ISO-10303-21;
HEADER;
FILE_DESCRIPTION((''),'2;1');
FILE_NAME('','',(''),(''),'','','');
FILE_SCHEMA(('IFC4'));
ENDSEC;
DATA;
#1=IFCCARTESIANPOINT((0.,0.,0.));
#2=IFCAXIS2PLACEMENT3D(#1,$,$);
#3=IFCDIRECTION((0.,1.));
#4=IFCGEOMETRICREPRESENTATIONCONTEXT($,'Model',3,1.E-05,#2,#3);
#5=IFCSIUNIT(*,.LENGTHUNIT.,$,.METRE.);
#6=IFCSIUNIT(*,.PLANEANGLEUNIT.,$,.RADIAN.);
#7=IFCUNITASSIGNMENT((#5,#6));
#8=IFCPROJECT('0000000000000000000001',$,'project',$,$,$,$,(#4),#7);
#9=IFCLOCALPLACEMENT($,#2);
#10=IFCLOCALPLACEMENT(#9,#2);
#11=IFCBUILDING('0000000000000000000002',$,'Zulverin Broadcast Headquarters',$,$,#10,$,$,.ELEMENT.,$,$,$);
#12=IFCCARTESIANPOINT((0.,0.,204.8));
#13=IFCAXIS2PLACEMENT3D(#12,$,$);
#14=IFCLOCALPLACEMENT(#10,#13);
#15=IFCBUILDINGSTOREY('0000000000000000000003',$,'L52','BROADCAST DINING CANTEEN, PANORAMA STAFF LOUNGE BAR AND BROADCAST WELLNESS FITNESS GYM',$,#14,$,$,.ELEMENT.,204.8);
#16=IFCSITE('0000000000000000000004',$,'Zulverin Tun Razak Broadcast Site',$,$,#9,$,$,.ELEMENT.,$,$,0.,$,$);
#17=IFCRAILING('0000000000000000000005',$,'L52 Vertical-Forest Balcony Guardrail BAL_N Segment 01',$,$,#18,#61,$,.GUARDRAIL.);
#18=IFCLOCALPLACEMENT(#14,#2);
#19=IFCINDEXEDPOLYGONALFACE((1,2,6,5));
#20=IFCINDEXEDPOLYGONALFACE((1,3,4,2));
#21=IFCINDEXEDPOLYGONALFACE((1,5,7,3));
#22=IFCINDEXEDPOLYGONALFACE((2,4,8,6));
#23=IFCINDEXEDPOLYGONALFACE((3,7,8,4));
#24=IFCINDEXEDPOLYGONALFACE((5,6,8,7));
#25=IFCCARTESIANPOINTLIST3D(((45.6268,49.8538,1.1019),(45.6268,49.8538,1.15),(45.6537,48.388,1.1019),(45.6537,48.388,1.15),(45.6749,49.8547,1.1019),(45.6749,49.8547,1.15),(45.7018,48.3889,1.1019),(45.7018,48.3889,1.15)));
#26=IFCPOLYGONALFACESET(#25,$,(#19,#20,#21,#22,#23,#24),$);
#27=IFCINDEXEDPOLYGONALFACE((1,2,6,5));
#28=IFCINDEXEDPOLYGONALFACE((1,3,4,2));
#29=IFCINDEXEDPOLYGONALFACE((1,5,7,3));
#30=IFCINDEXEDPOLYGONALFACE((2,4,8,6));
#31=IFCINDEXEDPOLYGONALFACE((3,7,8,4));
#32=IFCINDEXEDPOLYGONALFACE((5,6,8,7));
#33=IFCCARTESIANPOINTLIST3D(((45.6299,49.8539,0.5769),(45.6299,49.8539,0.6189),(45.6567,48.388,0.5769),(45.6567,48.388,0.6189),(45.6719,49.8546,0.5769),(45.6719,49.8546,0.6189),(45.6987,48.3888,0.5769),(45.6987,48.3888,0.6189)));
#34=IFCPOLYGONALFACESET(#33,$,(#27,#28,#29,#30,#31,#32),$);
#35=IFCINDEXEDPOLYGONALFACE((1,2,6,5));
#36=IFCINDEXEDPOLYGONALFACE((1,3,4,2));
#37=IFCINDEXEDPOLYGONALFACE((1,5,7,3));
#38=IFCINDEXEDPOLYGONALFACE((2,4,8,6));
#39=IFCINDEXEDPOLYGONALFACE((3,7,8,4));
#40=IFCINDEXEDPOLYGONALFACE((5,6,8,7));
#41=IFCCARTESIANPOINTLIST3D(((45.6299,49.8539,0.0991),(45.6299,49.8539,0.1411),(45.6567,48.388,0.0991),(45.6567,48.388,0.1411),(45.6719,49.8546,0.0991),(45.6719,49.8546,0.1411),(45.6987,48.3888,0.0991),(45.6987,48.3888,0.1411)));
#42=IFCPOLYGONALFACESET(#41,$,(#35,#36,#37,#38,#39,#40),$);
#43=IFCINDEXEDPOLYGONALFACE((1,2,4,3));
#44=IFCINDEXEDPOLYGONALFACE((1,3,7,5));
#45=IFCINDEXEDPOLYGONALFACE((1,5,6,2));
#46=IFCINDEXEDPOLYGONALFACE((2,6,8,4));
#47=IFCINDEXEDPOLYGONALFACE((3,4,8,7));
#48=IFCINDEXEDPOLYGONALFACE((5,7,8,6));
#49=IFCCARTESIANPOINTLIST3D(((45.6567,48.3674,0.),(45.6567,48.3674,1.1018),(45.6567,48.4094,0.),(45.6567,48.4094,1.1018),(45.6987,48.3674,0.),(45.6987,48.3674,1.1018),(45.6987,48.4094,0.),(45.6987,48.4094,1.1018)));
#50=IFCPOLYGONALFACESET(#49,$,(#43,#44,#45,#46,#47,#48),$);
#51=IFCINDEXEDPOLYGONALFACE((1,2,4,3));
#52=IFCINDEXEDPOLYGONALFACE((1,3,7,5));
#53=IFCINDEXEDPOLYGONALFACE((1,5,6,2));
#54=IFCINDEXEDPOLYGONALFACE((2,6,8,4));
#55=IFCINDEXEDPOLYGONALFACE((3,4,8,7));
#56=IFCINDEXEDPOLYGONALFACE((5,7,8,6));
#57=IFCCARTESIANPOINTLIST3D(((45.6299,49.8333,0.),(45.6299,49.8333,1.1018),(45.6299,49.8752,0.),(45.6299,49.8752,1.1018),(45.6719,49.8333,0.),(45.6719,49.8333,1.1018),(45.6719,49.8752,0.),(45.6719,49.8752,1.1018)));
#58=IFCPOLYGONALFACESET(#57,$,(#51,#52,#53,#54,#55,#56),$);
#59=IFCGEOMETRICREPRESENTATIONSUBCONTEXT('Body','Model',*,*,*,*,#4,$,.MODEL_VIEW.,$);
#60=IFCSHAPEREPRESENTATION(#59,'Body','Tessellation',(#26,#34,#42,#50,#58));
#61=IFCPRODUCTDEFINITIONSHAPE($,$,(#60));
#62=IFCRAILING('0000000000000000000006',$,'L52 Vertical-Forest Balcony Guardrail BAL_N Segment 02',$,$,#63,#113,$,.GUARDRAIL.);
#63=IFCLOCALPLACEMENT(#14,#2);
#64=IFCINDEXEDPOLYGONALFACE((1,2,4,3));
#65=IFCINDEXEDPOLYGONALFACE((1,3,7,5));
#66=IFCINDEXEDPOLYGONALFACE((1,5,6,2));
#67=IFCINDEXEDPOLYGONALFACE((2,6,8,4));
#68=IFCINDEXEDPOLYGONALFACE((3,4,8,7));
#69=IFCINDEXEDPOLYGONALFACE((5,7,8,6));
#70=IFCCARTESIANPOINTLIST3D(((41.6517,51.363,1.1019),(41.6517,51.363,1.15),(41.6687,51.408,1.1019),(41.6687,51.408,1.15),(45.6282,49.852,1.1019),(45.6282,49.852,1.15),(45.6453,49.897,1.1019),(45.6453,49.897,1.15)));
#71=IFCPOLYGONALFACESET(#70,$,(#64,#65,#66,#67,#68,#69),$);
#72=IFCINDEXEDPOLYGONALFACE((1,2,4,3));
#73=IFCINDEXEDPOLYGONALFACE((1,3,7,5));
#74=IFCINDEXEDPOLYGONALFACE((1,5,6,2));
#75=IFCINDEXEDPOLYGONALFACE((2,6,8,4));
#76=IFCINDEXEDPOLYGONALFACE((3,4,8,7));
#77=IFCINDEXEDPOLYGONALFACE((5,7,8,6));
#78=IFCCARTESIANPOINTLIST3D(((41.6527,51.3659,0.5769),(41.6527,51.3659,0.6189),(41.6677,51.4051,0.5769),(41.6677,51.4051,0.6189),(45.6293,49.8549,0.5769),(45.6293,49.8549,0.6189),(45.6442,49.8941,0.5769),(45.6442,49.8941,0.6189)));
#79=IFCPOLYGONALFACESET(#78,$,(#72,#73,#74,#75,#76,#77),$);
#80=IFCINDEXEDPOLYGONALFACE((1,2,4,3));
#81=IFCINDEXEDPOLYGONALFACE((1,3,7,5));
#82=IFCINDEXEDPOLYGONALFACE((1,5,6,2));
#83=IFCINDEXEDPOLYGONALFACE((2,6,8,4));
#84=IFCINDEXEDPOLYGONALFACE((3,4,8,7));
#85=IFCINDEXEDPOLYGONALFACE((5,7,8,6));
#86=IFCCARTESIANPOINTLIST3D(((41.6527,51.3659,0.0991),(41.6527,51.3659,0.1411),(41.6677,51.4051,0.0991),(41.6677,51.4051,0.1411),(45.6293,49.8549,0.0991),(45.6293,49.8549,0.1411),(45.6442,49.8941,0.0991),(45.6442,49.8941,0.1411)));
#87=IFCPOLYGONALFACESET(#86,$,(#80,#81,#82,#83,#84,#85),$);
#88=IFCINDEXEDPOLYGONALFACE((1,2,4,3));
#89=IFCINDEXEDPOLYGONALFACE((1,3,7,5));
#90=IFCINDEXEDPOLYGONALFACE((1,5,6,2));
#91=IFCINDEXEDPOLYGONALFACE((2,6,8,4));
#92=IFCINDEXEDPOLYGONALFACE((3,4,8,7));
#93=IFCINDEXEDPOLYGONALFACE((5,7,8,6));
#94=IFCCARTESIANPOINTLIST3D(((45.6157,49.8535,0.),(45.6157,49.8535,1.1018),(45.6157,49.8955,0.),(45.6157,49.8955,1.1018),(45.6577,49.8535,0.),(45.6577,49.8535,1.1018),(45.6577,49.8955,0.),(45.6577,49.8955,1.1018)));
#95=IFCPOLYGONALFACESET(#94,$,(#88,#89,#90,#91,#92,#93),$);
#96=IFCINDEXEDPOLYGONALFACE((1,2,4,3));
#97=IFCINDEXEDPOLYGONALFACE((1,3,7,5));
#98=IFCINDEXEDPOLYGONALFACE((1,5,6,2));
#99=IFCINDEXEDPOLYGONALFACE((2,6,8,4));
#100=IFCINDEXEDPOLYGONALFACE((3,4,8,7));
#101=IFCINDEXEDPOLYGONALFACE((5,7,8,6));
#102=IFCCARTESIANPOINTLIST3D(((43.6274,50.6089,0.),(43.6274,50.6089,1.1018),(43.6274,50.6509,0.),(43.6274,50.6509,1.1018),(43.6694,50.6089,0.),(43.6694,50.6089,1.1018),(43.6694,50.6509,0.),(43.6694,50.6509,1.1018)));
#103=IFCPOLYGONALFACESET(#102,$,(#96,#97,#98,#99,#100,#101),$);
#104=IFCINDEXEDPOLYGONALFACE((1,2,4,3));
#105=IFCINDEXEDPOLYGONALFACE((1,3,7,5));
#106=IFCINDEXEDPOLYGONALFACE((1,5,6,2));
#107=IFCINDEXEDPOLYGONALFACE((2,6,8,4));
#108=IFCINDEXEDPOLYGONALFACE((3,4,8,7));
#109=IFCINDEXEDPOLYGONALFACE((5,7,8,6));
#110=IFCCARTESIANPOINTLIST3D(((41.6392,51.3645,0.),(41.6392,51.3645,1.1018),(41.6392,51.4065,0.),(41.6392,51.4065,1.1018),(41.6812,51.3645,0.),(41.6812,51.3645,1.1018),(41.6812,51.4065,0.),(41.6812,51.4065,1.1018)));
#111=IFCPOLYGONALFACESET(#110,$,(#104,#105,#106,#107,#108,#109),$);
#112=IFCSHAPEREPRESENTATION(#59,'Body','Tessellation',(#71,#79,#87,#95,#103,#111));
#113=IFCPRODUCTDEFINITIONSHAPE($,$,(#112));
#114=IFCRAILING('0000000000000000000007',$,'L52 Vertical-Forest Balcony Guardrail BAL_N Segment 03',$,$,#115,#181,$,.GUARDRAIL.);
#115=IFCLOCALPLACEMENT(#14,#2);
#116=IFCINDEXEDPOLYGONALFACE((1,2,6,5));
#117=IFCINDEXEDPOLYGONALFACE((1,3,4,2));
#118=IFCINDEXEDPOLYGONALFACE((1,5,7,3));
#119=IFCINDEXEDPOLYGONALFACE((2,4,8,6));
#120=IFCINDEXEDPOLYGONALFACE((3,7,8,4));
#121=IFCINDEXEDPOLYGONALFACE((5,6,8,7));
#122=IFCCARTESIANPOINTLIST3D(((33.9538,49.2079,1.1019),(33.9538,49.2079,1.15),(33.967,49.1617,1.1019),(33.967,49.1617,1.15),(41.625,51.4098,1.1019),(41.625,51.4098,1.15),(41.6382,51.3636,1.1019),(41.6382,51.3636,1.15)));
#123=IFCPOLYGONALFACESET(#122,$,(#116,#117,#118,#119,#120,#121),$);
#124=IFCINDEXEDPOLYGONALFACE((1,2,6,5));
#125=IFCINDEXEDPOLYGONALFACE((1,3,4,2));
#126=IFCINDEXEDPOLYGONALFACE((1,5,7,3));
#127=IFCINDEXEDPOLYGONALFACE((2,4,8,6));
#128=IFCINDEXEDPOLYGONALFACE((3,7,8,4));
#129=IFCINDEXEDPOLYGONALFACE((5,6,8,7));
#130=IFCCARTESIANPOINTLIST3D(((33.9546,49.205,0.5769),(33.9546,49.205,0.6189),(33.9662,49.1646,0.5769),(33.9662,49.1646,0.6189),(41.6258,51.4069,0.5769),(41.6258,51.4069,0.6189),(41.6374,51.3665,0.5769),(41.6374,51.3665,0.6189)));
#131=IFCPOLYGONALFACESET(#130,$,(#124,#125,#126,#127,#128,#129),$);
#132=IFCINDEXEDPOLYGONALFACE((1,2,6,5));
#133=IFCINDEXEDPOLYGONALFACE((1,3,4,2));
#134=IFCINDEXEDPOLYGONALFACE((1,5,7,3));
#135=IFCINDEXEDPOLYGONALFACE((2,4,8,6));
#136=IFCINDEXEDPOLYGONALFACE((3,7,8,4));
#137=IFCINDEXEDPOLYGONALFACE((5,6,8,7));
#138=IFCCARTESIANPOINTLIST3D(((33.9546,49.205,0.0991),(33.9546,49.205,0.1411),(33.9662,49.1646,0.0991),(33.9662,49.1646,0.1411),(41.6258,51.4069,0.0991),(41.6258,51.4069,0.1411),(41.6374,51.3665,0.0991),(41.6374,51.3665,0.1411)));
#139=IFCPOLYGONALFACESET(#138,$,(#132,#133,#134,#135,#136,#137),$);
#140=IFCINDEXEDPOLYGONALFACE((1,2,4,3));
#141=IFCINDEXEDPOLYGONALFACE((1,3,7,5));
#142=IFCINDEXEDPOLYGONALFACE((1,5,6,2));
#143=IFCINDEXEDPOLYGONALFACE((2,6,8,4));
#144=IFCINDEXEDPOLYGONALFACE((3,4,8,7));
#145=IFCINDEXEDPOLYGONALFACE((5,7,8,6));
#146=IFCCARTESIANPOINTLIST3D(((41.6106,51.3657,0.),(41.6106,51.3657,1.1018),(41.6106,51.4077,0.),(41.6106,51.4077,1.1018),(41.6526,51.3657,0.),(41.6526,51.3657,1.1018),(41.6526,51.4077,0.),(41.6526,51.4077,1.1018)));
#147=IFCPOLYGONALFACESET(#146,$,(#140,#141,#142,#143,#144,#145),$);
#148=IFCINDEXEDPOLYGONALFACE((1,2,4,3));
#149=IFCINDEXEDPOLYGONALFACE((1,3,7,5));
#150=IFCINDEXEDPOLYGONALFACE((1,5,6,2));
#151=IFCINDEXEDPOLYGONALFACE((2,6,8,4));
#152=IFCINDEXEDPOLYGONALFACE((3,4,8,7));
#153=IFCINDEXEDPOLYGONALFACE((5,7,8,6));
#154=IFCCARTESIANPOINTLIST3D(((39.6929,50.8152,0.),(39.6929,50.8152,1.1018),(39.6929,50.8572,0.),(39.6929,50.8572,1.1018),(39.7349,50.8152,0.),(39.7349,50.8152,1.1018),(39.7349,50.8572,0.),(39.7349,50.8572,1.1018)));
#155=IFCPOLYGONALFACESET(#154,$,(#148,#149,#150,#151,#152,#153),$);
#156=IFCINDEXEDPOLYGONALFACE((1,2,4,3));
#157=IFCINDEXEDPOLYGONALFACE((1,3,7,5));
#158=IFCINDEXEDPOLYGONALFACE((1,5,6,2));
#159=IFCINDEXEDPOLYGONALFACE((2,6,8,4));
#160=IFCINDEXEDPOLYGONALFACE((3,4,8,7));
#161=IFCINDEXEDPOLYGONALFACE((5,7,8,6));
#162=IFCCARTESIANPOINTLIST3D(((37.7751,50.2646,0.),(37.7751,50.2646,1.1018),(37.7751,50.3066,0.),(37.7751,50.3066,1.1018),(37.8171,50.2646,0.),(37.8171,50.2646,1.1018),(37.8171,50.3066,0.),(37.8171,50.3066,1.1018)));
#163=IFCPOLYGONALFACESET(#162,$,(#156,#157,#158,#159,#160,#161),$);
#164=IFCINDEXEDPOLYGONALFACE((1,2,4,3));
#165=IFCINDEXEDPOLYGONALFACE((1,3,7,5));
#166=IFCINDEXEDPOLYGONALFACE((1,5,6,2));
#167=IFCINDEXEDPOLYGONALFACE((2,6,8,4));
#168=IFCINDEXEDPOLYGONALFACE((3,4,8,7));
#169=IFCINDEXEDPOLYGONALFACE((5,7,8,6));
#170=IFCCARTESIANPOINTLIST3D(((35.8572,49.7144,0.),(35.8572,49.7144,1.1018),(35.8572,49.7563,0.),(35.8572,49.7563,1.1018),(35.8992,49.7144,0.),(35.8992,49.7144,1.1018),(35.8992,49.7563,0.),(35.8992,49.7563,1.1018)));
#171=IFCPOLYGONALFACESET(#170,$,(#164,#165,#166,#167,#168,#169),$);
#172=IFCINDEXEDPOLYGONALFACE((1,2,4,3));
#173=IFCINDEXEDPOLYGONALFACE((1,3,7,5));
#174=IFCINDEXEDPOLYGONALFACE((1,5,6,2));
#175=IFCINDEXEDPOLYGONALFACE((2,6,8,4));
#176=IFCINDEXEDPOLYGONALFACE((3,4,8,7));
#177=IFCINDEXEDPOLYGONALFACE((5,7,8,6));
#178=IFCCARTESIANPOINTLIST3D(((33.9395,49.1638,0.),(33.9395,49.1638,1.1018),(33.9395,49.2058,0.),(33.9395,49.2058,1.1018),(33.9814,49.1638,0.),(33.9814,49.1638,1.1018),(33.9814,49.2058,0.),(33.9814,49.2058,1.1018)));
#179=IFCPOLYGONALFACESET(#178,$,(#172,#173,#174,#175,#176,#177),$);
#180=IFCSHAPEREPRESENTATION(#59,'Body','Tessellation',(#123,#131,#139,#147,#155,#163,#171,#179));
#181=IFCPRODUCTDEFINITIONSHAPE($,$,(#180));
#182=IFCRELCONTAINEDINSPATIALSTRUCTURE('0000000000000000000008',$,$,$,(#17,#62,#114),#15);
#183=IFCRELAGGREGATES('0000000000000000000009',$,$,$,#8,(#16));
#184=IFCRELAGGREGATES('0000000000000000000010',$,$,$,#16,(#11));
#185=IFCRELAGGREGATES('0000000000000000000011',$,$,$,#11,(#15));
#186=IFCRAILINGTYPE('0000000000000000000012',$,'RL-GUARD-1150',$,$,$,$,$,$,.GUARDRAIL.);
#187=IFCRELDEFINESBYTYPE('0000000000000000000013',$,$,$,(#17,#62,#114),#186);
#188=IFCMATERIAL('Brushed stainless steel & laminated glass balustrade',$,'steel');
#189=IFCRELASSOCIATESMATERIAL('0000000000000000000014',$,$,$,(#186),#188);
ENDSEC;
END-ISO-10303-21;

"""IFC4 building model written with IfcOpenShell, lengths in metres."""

from ifc_helpers import new_model, si_unit, direction, frame, origin, origin_2d, place, context, subcontext, project, spatial, rectangle, extrude, material, type_object, element, save


model = new_model("IFC4")

# Units and contexts
model_context = context("Model", 3, precision=1e-05, world=origin(), true_north=direction((0.0, 1.0)))
body_context = subcontext(model_context, "Body", "Model", "MODEL_VIEW")
ifc_project = project(units=[si_unit("LENGTHUNIT", "METRE"), si_unit("PLANEANGLEUNIT", "RADIAN")], contexts=[model_context])

# Site, building, storey
site_placement = place(None, origin())
site = spatial("IfcSite", under=ifc_project, at=site_placement, Name="Zulverin Tun Razak Broadcast Site", CompositionType="ELEMENT", RefElevation=0.0)
building_placement = place(site_placement, origin())
building = spatial("IfcBuilding", under=site, at=building_placement, Name="Zulverin Broadcast Headquarters", CompositionType="ELEMENT")
storey_placement = place(building_placement, frame((0.0, 0.0, 204.8)))
storey = spatial("IfcBuildingStorey", under=building, at=storey_placement, Name="L52", Description="BROADCAST DINING CANTEEN, PANORAMA STAFF LOUNGE BAR AND BROADCAST WELLNESS FITNESS GYM", CompositionType="ELEMENT", Elevation=204.8)

# Railings
ifc_material_1 = material(Name="Brushed stainless steel & laminated glass balustrade", Category="steel")
railing_type_1 = type_object("IfcRailingType", Name="RL-GUARD-1150", PredefinedType="GUARDRAIL", material=ifc_material_1)
railing_1_placement = place(storey_placement, frame((45.6777, 48.3884, 0.0)))
element("IfcRailing", 1, at=railing_1_placement, inside=storey, type_object=railing_type_1, Name="L52 Vertical-Forest Balcony Guardrail BAL_N Segment 01", PredefinedType="GUARDRAIL", context=body_context, shape_type="SweptSolid", body=[
    extrude(rectangle(XDim=0.0481, YDim=0.0481, at=origin_2d()), frame((0.0, 0.0, 1.126), z_axis=(-0.018318, 0.999832, 0.0), x_axis=(-0.999832, -0.018318, 0.0)), (0.0, 0.0, 1.0), 1.4661),
    extrude(rectangle(XDim=0.042, YDim=0.042, at=origin_2d()), frame((0.0, 0.0, 0.5979), z_axis=(-0.018318, 0.999832, 0.0), x_axis=(-0.999832, -0.018318, 0.0)), (0.0, 0.0, 1.0), 1.4661),
    extrude(rectangle(XDim=0.042, YDim=0.042, at=origin_2d()), frame((0.0, 0.0, 0.1201), z_axis=(-0.018318, 0.999832, 0.0), x_axis=(-0.999832, -0.018318, 0.0)), (0.0, 0.0, 1.0), 1.4661),
    extrude(rectangle(XDim=0.042, YDim=0.042, at=origin_2d()), origin(), (0.0, 0.0, 1.0), 1.1018),
    extrude(rectangle(XDim=0.042, YDim=0.042, at=origin_2d()), frame((-0.0269, 1.4658, 0.0)), (0.0, 0.0, 1.0), 1.1018),
])
railing_2_placement = place(storey_placement, frame((45.6367, 49.8745, 0.0)))
element("IfcRailing", 2, at=railing_2_placement, inside=storey, type_object=railing_type_1, Name="L52 Vertical-Forest Balcony Guardrail BAL_N Segment 02", PredefinedType="GUARDRAIL", context=body_context, shape_type="SweptSolid", body=[
    extrude(rectangle(XDim=0.0481, YDim=0.0481, at=origin_2d()), frame((0.0, 0.0, 1.126), z_axis=(-0.934792, 0.355196, 0.0), x_axis=(-0.355196, -0.934792, 0.0)), (0.0, 0.0, 1.0), 4.2539),
    extrude(rectangle(XDim=0.042, YDim=0.042, at=origin_2d()), frame((0.0, 0.0, 0.5979), z_axis=(-0.934792, 0.355196, 0.0), x_axis=(-0.355196, -0.934792, 0.0)), (0.0, 0.0, 1.0), 4.2539),
    extrude(rectangle(XDim=0.042, YDim=0.042, at=origin_2d()), frame((0.0, 0.0, 0.1201), z_axis=(-0.934792, 0.355196, 0.0), x_axis=(-0.355196, -0.934792, 0.0)), (0.0, 0.0, 1.0), 4.2539),
    extrude(rectangle(XDim=0.042, YDim=0.042, at=origin_2d()), origin(), (0.0, 0.0, 1.0), 1.1018),
    extrude(rectangle(XDim=0.042, YDim=0.042, at=origin_2d()), frame((-1.9883, 0.7554, 0.0)), (0.0, 0.0, 1.0), 1.1018),
    extrude(rectangle(XDim=0.042, YDim=0.042, at=origin_2d()), frame((-3.9766, 1.511, 0.0)), (0.0, 0.0, 1.0), 1.1018),
])
railing_3_placement = place(storey_placement, frame((41.6316, 51.3867, 0.0)))
element("IfcRailing", 3, at=railing_3_placement, inside=storey, type_object=railing_type_1, Name="L52 Vertical-Forest Balcony Guardrail BAL_N Segment 03", PredefinedType="GUARDRAIL", context=body_context, shape_type="SweptSolid", body=[
    extrude(rectangle(XDim=0.0481, YDim=0.0481, at=origin_2d()), frame((0.0, 0.0, 1.126), z_axis=(-0.961187, -0.275897, 0.0), x_axis=(0.275897, -0.961187, 0.0)), (0.0, 0.0, 1.0), 7.981),
    extrude(rectangle(XDim=0.042, YDim=0.042, at=origin_2d()), frame((0.0, 0.0, 0.5979), z_axis=(-0.961187, -0.275897, 0.0), x_axis=(0.275897, -0.961187, 0.0)), (0.0, 0.0, 1.0), 7.981),
    extrude(rectangle(XDim=0.042, YDim=0.042, at=origin_2d()), frame((0.0, 0.0, 0.1201), z_axis=(-0.961187, -0.275897, 0.0), x_axis=(0.275897, -0.961187, 0.0)), (0.0, 0.0, 1.0), 7.981),
    extrude(rectangle(XDim=0.042, YDim=0.042, at=origin_2d()), origin(), (0.0, 0.0, 1.0), 1.1018),
    extrude(rectangle(XDim=0.042, YDim=0.042, at=origin_2d()), frame((-1.9177, -0.5505, 0.0)), (0.0, 0.0, 1.0), 1.1018),
    extrude(rectangle(XDim=0.042, YDim=0.042, at=origin_2d()), frame((-3.8354, -1.1011, 0.0)), (0.0, 0.0, 1.0), 1.1018),
    extrude(rectangle(XDim=0.042, YDim=0.042, at=origin_2d()), frame((-5.7534, -1.6514, 0.0)), (0.0, 0.0, 1.0), 1.1018),
    extrude(rectangle(XDim=0.042, YDim=0.042, at=origin_2d()), frame((-7.6711, -2.2019, 0.0)), (0.0, 0.0, 1.0), 1.1018),
])

save(model, "model.ifc")
